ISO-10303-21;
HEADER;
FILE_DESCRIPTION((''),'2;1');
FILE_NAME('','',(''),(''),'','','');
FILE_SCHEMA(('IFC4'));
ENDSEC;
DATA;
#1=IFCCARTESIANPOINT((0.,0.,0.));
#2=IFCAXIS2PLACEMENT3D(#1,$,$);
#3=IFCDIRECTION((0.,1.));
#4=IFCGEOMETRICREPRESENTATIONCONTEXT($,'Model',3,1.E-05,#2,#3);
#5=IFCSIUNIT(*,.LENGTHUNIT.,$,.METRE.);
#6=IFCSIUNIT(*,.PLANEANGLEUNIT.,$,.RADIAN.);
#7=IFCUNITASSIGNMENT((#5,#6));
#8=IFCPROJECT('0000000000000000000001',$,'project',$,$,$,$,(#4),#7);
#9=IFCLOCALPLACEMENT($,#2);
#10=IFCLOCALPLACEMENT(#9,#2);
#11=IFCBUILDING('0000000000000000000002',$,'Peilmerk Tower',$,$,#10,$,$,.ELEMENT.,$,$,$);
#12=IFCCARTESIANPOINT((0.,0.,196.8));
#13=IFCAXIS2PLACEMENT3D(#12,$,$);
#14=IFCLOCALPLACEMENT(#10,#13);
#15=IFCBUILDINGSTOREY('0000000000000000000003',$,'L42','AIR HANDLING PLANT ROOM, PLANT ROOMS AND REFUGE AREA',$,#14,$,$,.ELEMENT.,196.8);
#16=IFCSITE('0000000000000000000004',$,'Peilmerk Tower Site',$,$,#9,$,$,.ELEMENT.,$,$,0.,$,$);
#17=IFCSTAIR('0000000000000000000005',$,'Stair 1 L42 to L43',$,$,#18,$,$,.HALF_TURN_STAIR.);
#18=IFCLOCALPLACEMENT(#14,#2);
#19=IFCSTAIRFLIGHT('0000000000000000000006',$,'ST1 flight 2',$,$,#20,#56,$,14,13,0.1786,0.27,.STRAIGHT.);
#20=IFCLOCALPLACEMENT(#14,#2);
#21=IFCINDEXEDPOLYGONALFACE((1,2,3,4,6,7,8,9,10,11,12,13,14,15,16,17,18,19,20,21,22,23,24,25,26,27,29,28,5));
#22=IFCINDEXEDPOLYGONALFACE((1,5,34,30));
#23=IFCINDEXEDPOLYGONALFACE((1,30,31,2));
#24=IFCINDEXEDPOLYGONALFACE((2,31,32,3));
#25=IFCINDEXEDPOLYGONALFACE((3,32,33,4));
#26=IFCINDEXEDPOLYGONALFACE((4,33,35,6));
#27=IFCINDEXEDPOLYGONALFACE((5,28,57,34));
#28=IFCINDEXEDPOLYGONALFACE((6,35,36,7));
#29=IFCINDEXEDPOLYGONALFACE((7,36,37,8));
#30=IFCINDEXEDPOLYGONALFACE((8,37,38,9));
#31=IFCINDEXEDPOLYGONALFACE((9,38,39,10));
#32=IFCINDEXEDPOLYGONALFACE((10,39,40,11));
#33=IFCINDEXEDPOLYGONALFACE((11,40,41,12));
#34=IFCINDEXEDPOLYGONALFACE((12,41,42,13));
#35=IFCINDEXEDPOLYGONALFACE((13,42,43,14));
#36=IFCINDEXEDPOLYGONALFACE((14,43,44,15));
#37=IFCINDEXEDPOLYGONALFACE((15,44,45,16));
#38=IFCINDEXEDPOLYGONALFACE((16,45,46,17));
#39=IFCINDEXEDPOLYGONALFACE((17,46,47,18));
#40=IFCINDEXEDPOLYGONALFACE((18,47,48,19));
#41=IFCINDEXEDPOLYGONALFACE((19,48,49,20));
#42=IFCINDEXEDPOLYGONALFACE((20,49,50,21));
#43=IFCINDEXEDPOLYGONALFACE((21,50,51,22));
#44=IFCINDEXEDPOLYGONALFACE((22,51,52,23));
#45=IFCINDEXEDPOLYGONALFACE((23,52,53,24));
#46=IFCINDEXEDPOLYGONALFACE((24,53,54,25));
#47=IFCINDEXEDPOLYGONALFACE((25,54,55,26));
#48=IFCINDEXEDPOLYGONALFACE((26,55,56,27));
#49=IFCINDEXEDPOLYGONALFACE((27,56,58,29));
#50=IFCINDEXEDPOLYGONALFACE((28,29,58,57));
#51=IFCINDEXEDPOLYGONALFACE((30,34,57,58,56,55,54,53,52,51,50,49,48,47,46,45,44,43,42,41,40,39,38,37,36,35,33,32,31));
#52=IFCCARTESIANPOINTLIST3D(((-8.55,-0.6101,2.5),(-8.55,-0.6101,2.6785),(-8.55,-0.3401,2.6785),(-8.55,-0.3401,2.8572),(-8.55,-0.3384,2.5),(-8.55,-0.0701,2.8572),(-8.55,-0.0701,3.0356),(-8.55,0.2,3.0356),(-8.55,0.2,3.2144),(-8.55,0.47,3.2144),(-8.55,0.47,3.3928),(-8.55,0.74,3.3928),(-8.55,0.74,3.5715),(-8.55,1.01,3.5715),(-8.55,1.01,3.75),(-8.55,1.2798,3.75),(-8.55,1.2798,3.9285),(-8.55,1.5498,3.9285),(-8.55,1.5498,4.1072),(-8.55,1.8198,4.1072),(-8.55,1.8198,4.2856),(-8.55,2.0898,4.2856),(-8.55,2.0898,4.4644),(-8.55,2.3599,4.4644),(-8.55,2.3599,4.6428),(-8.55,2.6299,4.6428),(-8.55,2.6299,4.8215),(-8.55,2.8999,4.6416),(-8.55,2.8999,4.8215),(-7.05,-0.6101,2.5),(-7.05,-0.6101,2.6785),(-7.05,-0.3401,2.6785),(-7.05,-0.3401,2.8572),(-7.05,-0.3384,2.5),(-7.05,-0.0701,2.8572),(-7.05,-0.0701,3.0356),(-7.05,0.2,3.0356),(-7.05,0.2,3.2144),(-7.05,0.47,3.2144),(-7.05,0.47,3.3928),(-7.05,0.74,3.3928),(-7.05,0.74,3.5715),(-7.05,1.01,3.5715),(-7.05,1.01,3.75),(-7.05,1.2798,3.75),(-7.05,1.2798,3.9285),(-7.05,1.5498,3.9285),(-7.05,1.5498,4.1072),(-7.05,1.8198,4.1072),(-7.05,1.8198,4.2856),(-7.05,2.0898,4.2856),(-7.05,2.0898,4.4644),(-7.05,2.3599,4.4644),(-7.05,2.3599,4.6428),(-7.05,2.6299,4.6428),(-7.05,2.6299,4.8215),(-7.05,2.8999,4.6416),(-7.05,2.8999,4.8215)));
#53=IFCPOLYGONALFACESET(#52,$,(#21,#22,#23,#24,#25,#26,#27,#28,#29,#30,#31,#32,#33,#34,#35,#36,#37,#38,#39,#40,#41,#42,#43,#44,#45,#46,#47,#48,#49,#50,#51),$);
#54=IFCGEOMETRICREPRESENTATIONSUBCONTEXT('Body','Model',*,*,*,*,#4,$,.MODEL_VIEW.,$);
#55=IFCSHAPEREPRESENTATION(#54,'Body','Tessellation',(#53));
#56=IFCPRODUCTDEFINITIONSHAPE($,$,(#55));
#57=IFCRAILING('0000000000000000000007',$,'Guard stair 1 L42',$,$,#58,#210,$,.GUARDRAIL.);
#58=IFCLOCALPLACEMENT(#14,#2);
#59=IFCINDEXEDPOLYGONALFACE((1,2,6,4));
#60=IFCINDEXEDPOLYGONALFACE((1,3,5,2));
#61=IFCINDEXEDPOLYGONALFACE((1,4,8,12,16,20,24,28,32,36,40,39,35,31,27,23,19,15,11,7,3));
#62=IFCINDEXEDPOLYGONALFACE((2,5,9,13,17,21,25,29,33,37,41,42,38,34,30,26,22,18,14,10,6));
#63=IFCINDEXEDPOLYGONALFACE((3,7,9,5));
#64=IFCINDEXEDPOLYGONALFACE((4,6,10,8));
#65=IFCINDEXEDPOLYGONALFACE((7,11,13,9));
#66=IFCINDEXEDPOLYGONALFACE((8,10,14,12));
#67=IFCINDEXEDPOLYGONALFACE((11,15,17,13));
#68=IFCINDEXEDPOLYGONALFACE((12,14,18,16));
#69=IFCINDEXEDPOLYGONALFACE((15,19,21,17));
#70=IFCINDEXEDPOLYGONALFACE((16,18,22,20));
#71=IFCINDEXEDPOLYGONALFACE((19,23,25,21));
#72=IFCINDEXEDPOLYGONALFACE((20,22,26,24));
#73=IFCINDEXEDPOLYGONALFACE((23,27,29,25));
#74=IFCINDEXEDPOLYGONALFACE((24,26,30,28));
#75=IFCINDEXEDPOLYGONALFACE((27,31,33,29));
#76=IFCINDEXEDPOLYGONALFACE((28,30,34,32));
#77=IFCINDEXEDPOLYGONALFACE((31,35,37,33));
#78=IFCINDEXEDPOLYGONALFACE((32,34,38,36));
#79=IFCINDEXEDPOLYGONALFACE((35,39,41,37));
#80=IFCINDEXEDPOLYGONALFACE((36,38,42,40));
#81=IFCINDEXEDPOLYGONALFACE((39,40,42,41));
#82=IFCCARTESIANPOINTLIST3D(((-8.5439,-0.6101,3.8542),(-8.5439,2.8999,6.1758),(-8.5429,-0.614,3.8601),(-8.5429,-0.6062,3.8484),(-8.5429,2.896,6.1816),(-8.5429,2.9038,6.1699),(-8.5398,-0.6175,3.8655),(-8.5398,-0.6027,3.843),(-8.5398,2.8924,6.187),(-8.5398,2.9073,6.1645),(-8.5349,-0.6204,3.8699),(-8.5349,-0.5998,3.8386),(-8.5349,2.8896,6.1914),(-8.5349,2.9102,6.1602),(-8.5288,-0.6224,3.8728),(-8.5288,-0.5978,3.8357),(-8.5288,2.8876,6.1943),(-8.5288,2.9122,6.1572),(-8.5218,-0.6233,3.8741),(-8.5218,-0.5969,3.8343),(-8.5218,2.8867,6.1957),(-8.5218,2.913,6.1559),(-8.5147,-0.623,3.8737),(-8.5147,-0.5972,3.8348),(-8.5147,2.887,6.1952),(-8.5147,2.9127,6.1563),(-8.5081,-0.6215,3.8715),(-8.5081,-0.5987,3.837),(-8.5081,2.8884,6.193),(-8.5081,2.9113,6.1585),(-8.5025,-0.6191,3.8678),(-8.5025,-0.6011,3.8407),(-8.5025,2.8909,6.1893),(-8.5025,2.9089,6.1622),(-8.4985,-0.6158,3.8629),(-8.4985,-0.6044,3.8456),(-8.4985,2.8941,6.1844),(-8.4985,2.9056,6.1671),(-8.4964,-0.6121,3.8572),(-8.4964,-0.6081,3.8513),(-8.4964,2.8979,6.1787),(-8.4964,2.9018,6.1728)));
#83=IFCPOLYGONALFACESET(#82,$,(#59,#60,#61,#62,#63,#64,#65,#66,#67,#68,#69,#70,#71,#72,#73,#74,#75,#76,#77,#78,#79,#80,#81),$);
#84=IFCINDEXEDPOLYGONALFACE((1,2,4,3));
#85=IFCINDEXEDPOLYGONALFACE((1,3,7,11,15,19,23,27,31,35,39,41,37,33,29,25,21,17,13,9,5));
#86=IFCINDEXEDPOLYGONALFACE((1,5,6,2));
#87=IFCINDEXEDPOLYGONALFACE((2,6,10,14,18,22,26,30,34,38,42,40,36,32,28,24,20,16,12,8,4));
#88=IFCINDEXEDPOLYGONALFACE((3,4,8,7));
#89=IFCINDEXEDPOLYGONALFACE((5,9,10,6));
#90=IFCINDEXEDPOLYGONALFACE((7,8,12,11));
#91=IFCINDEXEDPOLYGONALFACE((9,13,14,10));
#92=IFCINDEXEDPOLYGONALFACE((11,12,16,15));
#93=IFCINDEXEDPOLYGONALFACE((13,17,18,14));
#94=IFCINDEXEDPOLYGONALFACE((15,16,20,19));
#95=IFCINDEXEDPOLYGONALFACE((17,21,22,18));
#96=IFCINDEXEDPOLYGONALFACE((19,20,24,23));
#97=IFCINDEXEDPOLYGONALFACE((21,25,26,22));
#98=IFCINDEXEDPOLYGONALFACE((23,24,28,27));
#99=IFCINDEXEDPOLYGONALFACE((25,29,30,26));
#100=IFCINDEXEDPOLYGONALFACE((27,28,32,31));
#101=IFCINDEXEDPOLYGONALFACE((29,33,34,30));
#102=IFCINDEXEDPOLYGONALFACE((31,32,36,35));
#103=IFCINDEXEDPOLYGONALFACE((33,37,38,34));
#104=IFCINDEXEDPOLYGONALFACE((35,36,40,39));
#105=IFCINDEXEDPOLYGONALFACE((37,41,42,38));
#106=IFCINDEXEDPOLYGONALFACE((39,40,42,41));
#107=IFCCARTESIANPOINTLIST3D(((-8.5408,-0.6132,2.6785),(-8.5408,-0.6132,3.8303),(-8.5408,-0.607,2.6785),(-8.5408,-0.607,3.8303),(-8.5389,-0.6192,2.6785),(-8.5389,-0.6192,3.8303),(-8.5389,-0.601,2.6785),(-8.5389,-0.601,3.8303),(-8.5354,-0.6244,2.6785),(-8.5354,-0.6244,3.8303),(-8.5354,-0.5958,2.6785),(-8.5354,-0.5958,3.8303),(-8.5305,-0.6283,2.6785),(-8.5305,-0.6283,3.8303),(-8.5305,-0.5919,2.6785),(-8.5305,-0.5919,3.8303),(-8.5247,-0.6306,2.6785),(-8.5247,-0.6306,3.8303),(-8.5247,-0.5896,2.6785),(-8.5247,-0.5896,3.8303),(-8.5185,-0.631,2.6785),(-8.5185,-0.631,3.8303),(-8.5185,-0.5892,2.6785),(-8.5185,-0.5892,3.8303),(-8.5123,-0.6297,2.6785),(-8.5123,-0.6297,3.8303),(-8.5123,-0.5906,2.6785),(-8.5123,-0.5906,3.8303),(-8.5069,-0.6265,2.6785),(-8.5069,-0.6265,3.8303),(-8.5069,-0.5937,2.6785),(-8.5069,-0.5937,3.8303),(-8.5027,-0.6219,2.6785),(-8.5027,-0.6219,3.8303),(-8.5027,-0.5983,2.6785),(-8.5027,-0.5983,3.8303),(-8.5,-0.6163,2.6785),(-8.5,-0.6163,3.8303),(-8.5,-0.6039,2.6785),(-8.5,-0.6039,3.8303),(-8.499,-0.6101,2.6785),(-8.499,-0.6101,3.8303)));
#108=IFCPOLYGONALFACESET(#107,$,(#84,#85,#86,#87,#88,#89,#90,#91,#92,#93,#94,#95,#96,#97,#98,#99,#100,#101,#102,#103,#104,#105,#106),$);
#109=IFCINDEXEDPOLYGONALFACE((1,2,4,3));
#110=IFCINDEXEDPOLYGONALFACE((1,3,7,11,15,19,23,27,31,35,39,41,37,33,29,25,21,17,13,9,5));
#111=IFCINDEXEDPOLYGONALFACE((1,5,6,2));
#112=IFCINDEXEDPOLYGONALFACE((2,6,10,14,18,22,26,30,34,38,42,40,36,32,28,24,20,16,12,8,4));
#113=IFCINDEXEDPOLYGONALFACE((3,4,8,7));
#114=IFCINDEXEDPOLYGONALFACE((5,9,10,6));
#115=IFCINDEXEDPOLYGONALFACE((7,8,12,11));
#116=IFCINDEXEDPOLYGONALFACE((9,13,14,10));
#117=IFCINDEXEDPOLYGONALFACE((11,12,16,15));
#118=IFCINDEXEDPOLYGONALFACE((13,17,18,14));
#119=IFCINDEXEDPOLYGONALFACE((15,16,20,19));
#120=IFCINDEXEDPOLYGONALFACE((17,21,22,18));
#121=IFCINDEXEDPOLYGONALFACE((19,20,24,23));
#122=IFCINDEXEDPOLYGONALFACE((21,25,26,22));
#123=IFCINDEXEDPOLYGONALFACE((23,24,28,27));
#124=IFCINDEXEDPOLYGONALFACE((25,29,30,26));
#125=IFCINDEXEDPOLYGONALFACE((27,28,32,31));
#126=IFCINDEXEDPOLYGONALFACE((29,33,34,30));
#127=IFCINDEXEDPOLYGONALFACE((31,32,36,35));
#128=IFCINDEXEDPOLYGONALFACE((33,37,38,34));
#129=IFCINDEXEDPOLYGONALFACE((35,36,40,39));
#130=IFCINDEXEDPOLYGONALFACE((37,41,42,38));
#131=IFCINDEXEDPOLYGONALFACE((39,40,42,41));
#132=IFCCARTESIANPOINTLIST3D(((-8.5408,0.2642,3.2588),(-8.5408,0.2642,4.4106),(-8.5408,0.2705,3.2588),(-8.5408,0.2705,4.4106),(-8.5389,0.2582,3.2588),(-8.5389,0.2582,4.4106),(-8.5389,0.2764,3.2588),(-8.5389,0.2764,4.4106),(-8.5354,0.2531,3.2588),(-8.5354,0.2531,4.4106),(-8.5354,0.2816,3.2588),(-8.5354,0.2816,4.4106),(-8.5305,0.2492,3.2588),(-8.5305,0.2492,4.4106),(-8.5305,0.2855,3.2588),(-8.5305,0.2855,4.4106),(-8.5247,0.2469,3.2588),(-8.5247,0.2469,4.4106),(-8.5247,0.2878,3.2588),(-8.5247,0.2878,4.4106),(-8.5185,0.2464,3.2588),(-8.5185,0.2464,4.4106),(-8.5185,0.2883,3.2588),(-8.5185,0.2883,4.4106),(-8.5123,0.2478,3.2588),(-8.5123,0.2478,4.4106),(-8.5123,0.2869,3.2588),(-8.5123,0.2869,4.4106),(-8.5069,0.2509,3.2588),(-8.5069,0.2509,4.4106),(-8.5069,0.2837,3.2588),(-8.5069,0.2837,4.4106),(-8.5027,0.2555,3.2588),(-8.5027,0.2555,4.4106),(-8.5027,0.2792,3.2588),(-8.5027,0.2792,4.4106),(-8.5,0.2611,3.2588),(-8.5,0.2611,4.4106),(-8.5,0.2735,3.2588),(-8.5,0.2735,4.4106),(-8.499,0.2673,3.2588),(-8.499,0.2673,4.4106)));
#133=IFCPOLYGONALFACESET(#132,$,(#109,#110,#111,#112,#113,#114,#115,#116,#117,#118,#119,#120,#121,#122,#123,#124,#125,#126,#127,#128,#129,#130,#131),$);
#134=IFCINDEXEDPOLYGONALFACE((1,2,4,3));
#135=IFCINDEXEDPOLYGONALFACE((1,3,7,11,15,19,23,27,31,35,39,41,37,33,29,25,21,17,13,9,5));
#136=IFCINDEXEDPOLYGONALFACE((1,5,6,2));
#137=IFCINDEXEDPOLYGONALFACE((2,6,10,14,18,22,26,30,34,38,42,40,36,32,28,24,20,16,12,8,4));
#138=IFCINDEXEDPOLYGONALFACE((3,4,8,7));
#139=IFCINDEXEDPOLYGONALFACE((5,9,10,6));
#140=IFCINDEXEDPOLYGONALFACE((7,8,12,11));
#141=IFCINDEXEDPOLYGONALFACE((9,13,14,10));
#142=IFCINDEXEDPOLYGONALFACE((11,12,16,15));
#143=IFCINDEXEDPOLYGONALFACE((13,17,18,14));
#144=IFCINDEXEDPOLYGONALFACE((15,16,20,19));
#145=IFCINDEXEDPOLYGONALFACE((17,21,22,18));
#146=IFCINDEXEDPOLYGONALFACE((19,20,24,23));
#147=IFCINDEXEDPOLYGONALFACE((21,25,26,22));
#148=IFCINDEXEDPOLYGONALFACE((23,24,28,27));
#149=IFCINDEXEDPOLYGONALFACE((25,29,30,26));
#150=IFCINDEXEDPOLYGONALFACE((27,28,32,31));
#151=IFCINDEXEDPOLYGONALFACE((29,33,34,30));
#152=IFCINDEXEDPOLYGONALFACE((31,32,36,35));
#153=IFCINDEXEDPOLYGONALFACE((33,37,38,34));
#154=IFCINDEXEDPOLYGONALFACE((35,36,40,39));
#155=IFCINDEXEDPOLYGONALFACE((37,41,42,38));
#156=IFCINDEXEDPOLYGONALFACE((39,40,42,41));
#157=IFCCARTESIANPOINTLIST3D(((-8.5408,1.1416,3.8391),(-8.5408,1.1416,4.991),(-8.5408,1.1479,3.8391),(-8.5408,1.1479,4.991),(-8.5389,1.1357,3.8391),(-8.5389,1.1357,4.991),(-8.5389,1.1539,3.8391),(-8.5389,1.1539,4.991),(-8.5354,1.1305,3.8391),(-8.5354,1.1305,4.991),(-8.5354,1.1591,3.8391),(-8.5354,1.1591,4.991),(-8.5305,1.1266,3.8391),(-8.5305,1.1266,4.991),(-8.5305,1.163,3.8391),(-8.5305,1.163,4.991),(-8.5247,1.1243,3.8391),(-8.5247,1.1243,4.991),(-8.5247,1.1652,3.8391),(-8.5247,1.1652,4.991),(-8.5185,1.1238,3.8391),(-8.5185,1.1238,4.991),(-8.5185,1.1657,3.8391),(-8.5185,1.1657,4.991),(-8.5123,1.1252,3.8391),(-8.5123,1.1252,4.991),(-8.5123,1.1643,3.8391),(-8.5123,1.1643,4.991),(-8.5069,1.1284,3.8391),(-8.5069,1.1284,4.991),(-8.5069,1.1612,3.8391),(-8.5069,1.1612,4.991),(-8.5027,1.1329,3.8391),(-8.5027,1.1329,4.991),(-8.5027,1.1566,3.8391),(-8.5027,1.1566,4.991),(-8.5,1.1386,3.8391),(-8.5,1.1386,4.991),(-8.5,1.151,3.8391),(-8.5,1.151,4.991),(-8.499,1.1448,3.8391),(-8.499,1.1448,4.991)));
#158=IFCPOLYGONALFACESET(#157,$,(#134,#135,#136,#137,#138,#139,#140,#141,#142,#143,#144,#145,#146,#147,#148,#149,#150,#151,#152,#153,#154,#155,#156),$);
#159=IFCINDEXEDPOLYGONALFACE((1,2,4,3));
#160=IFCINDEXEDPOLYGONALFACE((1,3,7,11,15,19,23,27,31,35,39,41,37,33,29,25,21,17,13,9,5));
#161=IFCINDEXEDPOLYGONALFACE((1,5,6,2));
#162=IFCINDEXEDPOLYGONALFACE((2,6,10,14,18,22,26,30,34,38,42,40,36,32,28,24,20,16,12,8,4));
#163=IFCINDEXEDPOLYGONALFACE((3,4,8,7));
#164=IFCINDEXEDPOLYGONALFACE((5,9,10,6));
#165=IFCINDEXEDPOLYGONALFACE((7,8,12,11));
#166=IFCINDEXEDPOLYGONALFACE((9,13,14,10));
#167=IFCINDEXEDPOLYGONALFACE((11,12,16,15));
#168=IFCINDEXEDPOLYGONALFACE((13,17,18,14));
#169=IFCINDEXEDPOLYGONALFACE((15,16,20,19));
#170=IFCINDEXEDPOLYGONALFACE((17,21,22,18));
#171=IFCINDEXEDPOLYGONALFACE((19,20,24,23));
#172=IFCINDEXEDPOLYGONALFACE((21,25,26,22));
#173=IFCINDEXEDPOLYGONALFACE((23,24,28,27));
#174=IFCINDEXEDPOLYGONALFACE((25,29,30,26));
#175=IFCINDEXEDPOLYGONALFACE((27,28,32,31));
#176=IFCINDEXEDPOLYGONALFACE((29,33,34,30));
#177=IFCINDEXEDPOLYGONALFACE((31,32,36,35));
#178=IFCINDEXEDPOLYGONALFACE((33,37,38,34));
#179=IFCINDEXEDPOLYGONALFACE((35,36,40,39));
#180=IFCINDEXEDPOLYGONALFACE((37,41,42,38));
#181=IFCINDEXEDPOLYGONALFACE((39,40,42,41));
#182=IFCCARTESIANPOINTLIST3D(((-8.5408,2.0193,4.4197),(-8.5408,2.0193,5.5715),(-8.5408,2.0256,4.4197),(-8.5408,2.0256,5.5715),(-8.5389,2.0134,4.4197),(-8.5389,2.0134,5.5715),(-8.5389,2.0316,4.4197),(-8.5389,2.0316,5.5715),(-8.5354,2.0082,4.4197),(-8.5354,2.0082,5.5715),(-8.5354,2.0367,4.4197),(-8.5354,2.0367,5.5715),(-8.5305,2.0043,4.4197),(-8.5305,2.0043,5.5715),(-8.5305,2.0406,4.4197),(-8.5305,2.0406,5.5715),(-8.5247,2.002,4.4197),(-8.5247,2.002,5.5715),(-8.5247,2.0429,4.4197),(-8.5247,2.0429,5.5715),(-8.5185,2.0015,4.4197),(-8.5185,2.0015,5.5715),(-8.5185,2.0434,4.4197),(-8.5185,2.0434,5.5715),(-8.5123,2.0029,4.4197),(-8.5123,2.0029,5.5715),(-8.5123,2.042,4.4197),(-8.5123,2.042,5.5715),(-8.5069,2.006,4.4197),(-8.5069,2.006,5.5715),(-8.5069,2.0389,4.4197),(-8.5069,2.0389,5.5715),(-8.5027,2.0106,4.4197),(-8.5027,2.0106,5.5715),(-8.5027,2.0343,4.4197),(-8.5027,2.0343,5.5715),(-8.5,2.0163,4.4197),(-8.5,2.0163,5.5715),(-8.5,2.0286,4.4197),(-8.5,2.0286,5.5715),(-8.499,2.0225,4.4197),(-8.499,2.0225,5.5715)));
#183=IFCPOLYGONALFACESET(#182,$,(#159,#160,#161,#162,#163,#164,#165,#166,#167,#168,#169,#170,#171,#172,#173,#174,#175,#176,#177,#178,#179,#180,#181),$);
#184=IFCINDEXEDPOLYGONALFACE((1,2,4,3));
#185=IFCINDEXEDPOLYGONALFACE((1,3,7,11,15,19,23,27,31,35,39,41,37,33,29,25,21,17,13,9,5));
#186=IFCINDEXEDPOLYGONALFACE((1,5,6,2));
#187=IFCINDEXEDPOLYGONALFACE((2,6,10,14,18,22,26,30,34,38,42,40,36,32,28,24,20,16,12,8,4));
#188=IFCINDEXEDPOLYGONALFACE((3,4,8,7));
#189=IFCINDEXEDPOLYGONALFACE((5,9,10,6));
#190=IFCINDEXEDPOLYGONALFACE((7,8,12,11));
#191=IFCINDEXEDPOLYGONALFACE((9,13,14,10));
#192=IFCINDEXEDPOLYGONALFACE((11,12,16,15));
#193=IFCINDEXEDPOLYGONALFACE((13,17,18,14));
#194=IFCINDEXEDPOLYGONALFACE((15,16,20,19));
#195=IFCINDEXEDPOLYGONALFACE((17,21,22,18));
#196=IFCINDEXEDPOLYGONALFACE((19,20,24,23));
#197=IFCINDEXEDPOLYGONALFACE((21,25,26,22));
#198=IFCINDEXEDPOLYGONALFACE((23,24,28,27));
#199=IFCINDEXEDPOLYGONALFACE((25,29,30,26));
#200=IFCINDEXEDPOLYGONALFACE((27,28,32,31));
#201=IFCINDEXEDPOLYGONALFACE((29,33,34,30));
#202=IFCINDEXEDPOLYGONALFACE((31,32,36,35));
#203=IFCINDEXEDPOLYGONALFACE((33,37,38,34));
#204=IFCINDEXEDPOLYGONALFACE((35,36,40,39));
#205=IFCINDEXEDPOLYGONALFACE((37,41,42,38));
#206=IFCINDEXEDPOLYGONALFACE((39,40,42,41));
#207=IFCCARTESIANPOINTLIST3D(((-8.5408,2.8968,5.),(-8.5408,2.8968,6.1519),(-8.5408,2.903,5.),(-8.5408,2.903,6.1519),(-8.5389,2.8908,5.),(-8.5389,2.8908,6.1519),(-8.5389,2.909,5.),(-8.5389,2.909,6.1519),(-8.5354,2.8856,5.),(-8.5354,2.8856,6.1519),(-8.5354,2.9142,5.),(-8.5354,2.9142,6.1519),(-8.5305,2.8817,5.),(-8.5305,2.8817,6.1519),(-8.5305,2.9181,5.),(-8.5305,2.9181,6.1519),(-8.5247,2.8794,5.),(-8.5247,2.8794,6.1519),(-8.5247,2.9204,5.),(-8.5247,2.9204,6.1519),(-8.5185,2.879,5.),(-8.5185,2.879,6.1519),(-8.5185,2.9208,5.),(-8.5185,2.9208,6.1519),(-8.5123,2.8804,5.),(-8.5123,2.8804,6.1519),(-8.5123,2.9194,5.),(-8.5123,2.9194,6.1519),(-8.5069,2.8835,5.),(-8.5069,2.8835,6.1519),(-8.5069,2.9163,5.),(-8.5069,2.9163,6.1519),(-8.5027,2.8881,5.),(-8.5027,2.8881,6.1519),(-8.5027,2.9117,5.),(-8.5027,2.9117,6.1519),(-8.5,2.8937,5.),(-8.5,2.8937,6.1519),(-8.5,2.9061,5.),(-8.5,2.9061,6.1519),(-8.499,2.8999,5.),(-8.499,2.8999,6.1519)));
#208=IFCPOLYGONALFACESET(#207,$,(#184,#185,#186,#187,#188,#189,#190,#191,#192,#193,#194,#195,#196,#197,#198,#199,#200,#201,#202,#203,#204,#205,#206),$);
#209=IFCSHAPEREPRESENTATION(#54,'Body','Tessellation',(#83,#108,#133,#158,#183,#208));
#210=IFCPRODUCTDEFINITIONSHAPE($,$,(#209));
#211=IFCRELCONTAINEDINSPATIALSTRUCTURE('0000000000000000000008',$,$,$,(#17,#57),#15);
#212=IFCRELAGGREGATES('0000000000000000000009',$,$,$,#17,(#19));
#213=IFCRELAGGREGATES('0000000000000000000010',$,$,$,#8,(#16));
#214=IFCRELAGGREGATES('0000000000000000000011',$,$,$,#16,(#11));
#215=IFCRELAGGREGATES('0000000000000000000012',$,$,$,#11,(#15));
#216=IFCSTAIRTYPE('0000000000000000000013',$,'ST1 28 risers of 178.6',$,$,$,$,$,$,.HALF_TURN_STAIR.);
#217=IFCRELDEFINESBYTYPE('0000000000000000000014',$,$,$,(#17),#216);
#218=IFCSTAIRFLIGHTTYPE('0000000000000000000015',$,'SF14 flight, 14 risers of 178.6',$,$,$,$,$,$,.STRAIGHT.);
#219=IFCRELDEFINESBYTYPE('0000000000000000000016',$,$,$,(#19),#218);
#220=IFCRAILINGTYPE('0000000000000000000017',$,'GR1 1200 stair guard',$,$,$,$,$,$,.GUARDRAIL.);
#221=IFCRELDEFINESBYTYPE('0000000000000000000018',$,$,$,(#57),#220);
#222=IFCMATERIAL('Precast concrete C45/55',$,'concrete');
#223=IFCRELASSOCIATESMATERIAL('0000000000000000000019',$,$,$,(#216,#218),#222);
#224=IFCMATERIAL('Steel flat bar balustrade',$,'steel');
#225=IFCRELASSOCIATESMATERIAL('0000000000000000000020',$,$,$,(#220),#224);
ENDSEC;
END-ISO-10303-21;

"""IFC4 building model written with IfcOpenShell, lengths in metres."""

from ifc_helpers import new_model, si_unit, direction, frame, origin, origin_2d, place, context, subcontext, project, spatial, polyline, circle, outline, extrude, material, type_object, element, aggregate, save


model = new_model("IFC4")

# Units and contexts
model_context = context("Model", 3, precision=1e-05, world=origin(), true_north=direction((0.0, 1.0)))
body_context = subcontext(model_context, "Body", "Model", "MODEL_VIEW")
ifc_project = project(units=[si_unit("LENGTHUNIT", "METRE"), si_unit("PLANEANGLEUNIT", "RADIAN")], contexts=[model_context])

# Site, building, storey
site_placement = place(None, origin())
site = spatial("IfcSite", under=ifc_project, at=site_placement, Name="Peilmerk Tower Site", CompositionType="ELEMENT", RefElevation=0.0)
building_placement = place(site_placement, origin())
building = spatial("IfcBuilding", under=site, at=building_placement, Name="Peilmerk Tower", CompositionType="ELEMENT")
storey_placement = place(building_placement, frame((0.0, 0.0, 196.8)))
storey = spatial("IfcBuildingStorey", under=building, at=storey_placement, Name="L42", Description="AIR HANDLING PLANT ROOM, PLANT ROOMS AND REFUGE AREA", CompositionType="ELEMENT", Elevation=196.8)

# Stair, stair flight
ifc_material_1 = material(Name="Precast concrete C45/55", Category="concrete")
stair_type = type_object("IfcStairType", Name="ST1 28 risers of 178.6", PredefinedType="HALF_TURN_STAIR", material=ifc_material_1)
stair_placement = place(storey_placement, origin())
stair = element("IfcStair", 1, at=stair_placement, inside=storey, type_object=stair_type, Name="Stair 1 L42 to L43", PredefinedType="HALF_TURN_STAIR")
stair_flight_type = type_object("IfcStairFlightType", Name="SF14 flight, 14 risers of 178.6", PredefinedType="STRAIGHT", material=ifc_material_1)
stair_flight_placement = place(storey_placement, frame((-7.8, -0.6101, 2.5), z_axis=(0.0, 0.0, 1.0), x_axis=(0.0, 1.0, 0.0)))
stair_flight = element("IfcStairFlight", 2, at=stair_flight_placement, type_object=stair_flight_type, Name="ST1 flight 2", NumberOfRisers=14, NumberOfTreads=13, PredefinedType="STRAIGHT", RiserHeight=0.1786, TreadLength=0.27, context=body_context, shape_type="SweptSolid", body=[
    extrude(outline(polyline([(0.0, 0.0), (0.0, 0.1785), (0.27, 0.1785), (0.27, 0.3572), (0.54, 0.3572), (0.54, 0.5356), (0.8101, 0.5356), (0.8101, 0.7144), (1.0801, 0.7144), (1.0801, 0.8928), (1.3501, 0.8928), (1.3501, 1.0715), (1.6201, 1.0715), (1.6201, 1.25), (1.8899, 1.25), (1.8899, 1.4285), (2.1599, 1.4285), (2.1599, 1.6072), (2.4299, 1.6072), (2.4299, 1.7856), (2.7, 1.7856), (2.7, 1.9644), (2.97, 1.9644), (2.97, 2.1428), (3.24, 2.1428), (3.24, 2.3215), (3.51, 2.3215), (3.51, 2.5), (3.51, 2.1416), (0.2717, 0.0), (0.0, 0.0)])), frame((0.0, 0.75, 0.0), z_axis=(0.0, -1.0, 0.0), x_axis=(1.0, 0.0, 0.0)), (0.0, 0.0, 1.0), 1.5),
])
aggregate(stair, [stair_flight])

# Railing
ifc_material_2 = material(Name="Steel flat bar balustrade", Category="steel")
railing_type_1 = type_object("IfcRailingType", Name="GR1 1200 stair guard", PredefinedType="GUARDRAIL", material=ifc_material_2)
railing_1_placement = place(storey_placement, frame((-8.52, -0.6101, 2.6785)))
element("IfcRailing", 3, at=railing_1_placement, inside=storey, type_object=railing_type_1, Name="Guard stair 1 L42", PredefinedType="GUARDRAIL", context=body_context, shape_type="SweptSolid", body=[
    extrude(circle(Radius=0.0239, at=origin_2d()), frame((0.0, 0.0, 1.1758), z_axis=(0.0, 0.834071, 0.551657), x_axis=(-1.0, 0.0, 0.0)), (0.0, 0.0, 1.0), 4.2083),
    extrude(circle(Radius=0.021, at=origin_2d()), origin(), (0.0, 0.0, 1.0), 1.1519),
    extrude(circle(Radius=0.021, at=origin_2d()), frame((0.0, 0.8774, 0.5803)), (0.0, 0.0, 1.0), 1.1519),
    extrude(circle(Radius=0.021, at=origin_2d()), frame((0.0, 1.7549, 1.1606)), (0.0, 0.0, 1.0), 1.1519),
    extrude(circle(Radius=0.021, at=origin_2d()), frame((0.0, 2.6326, 1.7412)), (0.0, 0.0, 1.0), 1.1519),
    extrude(circle(Radius=0.021, at=origin_2d()), frame((0.0, 3.51, 2.3215)), (0.0, 0.0, 1.0), 1.1519),
])

save(model, "model.ifc")
